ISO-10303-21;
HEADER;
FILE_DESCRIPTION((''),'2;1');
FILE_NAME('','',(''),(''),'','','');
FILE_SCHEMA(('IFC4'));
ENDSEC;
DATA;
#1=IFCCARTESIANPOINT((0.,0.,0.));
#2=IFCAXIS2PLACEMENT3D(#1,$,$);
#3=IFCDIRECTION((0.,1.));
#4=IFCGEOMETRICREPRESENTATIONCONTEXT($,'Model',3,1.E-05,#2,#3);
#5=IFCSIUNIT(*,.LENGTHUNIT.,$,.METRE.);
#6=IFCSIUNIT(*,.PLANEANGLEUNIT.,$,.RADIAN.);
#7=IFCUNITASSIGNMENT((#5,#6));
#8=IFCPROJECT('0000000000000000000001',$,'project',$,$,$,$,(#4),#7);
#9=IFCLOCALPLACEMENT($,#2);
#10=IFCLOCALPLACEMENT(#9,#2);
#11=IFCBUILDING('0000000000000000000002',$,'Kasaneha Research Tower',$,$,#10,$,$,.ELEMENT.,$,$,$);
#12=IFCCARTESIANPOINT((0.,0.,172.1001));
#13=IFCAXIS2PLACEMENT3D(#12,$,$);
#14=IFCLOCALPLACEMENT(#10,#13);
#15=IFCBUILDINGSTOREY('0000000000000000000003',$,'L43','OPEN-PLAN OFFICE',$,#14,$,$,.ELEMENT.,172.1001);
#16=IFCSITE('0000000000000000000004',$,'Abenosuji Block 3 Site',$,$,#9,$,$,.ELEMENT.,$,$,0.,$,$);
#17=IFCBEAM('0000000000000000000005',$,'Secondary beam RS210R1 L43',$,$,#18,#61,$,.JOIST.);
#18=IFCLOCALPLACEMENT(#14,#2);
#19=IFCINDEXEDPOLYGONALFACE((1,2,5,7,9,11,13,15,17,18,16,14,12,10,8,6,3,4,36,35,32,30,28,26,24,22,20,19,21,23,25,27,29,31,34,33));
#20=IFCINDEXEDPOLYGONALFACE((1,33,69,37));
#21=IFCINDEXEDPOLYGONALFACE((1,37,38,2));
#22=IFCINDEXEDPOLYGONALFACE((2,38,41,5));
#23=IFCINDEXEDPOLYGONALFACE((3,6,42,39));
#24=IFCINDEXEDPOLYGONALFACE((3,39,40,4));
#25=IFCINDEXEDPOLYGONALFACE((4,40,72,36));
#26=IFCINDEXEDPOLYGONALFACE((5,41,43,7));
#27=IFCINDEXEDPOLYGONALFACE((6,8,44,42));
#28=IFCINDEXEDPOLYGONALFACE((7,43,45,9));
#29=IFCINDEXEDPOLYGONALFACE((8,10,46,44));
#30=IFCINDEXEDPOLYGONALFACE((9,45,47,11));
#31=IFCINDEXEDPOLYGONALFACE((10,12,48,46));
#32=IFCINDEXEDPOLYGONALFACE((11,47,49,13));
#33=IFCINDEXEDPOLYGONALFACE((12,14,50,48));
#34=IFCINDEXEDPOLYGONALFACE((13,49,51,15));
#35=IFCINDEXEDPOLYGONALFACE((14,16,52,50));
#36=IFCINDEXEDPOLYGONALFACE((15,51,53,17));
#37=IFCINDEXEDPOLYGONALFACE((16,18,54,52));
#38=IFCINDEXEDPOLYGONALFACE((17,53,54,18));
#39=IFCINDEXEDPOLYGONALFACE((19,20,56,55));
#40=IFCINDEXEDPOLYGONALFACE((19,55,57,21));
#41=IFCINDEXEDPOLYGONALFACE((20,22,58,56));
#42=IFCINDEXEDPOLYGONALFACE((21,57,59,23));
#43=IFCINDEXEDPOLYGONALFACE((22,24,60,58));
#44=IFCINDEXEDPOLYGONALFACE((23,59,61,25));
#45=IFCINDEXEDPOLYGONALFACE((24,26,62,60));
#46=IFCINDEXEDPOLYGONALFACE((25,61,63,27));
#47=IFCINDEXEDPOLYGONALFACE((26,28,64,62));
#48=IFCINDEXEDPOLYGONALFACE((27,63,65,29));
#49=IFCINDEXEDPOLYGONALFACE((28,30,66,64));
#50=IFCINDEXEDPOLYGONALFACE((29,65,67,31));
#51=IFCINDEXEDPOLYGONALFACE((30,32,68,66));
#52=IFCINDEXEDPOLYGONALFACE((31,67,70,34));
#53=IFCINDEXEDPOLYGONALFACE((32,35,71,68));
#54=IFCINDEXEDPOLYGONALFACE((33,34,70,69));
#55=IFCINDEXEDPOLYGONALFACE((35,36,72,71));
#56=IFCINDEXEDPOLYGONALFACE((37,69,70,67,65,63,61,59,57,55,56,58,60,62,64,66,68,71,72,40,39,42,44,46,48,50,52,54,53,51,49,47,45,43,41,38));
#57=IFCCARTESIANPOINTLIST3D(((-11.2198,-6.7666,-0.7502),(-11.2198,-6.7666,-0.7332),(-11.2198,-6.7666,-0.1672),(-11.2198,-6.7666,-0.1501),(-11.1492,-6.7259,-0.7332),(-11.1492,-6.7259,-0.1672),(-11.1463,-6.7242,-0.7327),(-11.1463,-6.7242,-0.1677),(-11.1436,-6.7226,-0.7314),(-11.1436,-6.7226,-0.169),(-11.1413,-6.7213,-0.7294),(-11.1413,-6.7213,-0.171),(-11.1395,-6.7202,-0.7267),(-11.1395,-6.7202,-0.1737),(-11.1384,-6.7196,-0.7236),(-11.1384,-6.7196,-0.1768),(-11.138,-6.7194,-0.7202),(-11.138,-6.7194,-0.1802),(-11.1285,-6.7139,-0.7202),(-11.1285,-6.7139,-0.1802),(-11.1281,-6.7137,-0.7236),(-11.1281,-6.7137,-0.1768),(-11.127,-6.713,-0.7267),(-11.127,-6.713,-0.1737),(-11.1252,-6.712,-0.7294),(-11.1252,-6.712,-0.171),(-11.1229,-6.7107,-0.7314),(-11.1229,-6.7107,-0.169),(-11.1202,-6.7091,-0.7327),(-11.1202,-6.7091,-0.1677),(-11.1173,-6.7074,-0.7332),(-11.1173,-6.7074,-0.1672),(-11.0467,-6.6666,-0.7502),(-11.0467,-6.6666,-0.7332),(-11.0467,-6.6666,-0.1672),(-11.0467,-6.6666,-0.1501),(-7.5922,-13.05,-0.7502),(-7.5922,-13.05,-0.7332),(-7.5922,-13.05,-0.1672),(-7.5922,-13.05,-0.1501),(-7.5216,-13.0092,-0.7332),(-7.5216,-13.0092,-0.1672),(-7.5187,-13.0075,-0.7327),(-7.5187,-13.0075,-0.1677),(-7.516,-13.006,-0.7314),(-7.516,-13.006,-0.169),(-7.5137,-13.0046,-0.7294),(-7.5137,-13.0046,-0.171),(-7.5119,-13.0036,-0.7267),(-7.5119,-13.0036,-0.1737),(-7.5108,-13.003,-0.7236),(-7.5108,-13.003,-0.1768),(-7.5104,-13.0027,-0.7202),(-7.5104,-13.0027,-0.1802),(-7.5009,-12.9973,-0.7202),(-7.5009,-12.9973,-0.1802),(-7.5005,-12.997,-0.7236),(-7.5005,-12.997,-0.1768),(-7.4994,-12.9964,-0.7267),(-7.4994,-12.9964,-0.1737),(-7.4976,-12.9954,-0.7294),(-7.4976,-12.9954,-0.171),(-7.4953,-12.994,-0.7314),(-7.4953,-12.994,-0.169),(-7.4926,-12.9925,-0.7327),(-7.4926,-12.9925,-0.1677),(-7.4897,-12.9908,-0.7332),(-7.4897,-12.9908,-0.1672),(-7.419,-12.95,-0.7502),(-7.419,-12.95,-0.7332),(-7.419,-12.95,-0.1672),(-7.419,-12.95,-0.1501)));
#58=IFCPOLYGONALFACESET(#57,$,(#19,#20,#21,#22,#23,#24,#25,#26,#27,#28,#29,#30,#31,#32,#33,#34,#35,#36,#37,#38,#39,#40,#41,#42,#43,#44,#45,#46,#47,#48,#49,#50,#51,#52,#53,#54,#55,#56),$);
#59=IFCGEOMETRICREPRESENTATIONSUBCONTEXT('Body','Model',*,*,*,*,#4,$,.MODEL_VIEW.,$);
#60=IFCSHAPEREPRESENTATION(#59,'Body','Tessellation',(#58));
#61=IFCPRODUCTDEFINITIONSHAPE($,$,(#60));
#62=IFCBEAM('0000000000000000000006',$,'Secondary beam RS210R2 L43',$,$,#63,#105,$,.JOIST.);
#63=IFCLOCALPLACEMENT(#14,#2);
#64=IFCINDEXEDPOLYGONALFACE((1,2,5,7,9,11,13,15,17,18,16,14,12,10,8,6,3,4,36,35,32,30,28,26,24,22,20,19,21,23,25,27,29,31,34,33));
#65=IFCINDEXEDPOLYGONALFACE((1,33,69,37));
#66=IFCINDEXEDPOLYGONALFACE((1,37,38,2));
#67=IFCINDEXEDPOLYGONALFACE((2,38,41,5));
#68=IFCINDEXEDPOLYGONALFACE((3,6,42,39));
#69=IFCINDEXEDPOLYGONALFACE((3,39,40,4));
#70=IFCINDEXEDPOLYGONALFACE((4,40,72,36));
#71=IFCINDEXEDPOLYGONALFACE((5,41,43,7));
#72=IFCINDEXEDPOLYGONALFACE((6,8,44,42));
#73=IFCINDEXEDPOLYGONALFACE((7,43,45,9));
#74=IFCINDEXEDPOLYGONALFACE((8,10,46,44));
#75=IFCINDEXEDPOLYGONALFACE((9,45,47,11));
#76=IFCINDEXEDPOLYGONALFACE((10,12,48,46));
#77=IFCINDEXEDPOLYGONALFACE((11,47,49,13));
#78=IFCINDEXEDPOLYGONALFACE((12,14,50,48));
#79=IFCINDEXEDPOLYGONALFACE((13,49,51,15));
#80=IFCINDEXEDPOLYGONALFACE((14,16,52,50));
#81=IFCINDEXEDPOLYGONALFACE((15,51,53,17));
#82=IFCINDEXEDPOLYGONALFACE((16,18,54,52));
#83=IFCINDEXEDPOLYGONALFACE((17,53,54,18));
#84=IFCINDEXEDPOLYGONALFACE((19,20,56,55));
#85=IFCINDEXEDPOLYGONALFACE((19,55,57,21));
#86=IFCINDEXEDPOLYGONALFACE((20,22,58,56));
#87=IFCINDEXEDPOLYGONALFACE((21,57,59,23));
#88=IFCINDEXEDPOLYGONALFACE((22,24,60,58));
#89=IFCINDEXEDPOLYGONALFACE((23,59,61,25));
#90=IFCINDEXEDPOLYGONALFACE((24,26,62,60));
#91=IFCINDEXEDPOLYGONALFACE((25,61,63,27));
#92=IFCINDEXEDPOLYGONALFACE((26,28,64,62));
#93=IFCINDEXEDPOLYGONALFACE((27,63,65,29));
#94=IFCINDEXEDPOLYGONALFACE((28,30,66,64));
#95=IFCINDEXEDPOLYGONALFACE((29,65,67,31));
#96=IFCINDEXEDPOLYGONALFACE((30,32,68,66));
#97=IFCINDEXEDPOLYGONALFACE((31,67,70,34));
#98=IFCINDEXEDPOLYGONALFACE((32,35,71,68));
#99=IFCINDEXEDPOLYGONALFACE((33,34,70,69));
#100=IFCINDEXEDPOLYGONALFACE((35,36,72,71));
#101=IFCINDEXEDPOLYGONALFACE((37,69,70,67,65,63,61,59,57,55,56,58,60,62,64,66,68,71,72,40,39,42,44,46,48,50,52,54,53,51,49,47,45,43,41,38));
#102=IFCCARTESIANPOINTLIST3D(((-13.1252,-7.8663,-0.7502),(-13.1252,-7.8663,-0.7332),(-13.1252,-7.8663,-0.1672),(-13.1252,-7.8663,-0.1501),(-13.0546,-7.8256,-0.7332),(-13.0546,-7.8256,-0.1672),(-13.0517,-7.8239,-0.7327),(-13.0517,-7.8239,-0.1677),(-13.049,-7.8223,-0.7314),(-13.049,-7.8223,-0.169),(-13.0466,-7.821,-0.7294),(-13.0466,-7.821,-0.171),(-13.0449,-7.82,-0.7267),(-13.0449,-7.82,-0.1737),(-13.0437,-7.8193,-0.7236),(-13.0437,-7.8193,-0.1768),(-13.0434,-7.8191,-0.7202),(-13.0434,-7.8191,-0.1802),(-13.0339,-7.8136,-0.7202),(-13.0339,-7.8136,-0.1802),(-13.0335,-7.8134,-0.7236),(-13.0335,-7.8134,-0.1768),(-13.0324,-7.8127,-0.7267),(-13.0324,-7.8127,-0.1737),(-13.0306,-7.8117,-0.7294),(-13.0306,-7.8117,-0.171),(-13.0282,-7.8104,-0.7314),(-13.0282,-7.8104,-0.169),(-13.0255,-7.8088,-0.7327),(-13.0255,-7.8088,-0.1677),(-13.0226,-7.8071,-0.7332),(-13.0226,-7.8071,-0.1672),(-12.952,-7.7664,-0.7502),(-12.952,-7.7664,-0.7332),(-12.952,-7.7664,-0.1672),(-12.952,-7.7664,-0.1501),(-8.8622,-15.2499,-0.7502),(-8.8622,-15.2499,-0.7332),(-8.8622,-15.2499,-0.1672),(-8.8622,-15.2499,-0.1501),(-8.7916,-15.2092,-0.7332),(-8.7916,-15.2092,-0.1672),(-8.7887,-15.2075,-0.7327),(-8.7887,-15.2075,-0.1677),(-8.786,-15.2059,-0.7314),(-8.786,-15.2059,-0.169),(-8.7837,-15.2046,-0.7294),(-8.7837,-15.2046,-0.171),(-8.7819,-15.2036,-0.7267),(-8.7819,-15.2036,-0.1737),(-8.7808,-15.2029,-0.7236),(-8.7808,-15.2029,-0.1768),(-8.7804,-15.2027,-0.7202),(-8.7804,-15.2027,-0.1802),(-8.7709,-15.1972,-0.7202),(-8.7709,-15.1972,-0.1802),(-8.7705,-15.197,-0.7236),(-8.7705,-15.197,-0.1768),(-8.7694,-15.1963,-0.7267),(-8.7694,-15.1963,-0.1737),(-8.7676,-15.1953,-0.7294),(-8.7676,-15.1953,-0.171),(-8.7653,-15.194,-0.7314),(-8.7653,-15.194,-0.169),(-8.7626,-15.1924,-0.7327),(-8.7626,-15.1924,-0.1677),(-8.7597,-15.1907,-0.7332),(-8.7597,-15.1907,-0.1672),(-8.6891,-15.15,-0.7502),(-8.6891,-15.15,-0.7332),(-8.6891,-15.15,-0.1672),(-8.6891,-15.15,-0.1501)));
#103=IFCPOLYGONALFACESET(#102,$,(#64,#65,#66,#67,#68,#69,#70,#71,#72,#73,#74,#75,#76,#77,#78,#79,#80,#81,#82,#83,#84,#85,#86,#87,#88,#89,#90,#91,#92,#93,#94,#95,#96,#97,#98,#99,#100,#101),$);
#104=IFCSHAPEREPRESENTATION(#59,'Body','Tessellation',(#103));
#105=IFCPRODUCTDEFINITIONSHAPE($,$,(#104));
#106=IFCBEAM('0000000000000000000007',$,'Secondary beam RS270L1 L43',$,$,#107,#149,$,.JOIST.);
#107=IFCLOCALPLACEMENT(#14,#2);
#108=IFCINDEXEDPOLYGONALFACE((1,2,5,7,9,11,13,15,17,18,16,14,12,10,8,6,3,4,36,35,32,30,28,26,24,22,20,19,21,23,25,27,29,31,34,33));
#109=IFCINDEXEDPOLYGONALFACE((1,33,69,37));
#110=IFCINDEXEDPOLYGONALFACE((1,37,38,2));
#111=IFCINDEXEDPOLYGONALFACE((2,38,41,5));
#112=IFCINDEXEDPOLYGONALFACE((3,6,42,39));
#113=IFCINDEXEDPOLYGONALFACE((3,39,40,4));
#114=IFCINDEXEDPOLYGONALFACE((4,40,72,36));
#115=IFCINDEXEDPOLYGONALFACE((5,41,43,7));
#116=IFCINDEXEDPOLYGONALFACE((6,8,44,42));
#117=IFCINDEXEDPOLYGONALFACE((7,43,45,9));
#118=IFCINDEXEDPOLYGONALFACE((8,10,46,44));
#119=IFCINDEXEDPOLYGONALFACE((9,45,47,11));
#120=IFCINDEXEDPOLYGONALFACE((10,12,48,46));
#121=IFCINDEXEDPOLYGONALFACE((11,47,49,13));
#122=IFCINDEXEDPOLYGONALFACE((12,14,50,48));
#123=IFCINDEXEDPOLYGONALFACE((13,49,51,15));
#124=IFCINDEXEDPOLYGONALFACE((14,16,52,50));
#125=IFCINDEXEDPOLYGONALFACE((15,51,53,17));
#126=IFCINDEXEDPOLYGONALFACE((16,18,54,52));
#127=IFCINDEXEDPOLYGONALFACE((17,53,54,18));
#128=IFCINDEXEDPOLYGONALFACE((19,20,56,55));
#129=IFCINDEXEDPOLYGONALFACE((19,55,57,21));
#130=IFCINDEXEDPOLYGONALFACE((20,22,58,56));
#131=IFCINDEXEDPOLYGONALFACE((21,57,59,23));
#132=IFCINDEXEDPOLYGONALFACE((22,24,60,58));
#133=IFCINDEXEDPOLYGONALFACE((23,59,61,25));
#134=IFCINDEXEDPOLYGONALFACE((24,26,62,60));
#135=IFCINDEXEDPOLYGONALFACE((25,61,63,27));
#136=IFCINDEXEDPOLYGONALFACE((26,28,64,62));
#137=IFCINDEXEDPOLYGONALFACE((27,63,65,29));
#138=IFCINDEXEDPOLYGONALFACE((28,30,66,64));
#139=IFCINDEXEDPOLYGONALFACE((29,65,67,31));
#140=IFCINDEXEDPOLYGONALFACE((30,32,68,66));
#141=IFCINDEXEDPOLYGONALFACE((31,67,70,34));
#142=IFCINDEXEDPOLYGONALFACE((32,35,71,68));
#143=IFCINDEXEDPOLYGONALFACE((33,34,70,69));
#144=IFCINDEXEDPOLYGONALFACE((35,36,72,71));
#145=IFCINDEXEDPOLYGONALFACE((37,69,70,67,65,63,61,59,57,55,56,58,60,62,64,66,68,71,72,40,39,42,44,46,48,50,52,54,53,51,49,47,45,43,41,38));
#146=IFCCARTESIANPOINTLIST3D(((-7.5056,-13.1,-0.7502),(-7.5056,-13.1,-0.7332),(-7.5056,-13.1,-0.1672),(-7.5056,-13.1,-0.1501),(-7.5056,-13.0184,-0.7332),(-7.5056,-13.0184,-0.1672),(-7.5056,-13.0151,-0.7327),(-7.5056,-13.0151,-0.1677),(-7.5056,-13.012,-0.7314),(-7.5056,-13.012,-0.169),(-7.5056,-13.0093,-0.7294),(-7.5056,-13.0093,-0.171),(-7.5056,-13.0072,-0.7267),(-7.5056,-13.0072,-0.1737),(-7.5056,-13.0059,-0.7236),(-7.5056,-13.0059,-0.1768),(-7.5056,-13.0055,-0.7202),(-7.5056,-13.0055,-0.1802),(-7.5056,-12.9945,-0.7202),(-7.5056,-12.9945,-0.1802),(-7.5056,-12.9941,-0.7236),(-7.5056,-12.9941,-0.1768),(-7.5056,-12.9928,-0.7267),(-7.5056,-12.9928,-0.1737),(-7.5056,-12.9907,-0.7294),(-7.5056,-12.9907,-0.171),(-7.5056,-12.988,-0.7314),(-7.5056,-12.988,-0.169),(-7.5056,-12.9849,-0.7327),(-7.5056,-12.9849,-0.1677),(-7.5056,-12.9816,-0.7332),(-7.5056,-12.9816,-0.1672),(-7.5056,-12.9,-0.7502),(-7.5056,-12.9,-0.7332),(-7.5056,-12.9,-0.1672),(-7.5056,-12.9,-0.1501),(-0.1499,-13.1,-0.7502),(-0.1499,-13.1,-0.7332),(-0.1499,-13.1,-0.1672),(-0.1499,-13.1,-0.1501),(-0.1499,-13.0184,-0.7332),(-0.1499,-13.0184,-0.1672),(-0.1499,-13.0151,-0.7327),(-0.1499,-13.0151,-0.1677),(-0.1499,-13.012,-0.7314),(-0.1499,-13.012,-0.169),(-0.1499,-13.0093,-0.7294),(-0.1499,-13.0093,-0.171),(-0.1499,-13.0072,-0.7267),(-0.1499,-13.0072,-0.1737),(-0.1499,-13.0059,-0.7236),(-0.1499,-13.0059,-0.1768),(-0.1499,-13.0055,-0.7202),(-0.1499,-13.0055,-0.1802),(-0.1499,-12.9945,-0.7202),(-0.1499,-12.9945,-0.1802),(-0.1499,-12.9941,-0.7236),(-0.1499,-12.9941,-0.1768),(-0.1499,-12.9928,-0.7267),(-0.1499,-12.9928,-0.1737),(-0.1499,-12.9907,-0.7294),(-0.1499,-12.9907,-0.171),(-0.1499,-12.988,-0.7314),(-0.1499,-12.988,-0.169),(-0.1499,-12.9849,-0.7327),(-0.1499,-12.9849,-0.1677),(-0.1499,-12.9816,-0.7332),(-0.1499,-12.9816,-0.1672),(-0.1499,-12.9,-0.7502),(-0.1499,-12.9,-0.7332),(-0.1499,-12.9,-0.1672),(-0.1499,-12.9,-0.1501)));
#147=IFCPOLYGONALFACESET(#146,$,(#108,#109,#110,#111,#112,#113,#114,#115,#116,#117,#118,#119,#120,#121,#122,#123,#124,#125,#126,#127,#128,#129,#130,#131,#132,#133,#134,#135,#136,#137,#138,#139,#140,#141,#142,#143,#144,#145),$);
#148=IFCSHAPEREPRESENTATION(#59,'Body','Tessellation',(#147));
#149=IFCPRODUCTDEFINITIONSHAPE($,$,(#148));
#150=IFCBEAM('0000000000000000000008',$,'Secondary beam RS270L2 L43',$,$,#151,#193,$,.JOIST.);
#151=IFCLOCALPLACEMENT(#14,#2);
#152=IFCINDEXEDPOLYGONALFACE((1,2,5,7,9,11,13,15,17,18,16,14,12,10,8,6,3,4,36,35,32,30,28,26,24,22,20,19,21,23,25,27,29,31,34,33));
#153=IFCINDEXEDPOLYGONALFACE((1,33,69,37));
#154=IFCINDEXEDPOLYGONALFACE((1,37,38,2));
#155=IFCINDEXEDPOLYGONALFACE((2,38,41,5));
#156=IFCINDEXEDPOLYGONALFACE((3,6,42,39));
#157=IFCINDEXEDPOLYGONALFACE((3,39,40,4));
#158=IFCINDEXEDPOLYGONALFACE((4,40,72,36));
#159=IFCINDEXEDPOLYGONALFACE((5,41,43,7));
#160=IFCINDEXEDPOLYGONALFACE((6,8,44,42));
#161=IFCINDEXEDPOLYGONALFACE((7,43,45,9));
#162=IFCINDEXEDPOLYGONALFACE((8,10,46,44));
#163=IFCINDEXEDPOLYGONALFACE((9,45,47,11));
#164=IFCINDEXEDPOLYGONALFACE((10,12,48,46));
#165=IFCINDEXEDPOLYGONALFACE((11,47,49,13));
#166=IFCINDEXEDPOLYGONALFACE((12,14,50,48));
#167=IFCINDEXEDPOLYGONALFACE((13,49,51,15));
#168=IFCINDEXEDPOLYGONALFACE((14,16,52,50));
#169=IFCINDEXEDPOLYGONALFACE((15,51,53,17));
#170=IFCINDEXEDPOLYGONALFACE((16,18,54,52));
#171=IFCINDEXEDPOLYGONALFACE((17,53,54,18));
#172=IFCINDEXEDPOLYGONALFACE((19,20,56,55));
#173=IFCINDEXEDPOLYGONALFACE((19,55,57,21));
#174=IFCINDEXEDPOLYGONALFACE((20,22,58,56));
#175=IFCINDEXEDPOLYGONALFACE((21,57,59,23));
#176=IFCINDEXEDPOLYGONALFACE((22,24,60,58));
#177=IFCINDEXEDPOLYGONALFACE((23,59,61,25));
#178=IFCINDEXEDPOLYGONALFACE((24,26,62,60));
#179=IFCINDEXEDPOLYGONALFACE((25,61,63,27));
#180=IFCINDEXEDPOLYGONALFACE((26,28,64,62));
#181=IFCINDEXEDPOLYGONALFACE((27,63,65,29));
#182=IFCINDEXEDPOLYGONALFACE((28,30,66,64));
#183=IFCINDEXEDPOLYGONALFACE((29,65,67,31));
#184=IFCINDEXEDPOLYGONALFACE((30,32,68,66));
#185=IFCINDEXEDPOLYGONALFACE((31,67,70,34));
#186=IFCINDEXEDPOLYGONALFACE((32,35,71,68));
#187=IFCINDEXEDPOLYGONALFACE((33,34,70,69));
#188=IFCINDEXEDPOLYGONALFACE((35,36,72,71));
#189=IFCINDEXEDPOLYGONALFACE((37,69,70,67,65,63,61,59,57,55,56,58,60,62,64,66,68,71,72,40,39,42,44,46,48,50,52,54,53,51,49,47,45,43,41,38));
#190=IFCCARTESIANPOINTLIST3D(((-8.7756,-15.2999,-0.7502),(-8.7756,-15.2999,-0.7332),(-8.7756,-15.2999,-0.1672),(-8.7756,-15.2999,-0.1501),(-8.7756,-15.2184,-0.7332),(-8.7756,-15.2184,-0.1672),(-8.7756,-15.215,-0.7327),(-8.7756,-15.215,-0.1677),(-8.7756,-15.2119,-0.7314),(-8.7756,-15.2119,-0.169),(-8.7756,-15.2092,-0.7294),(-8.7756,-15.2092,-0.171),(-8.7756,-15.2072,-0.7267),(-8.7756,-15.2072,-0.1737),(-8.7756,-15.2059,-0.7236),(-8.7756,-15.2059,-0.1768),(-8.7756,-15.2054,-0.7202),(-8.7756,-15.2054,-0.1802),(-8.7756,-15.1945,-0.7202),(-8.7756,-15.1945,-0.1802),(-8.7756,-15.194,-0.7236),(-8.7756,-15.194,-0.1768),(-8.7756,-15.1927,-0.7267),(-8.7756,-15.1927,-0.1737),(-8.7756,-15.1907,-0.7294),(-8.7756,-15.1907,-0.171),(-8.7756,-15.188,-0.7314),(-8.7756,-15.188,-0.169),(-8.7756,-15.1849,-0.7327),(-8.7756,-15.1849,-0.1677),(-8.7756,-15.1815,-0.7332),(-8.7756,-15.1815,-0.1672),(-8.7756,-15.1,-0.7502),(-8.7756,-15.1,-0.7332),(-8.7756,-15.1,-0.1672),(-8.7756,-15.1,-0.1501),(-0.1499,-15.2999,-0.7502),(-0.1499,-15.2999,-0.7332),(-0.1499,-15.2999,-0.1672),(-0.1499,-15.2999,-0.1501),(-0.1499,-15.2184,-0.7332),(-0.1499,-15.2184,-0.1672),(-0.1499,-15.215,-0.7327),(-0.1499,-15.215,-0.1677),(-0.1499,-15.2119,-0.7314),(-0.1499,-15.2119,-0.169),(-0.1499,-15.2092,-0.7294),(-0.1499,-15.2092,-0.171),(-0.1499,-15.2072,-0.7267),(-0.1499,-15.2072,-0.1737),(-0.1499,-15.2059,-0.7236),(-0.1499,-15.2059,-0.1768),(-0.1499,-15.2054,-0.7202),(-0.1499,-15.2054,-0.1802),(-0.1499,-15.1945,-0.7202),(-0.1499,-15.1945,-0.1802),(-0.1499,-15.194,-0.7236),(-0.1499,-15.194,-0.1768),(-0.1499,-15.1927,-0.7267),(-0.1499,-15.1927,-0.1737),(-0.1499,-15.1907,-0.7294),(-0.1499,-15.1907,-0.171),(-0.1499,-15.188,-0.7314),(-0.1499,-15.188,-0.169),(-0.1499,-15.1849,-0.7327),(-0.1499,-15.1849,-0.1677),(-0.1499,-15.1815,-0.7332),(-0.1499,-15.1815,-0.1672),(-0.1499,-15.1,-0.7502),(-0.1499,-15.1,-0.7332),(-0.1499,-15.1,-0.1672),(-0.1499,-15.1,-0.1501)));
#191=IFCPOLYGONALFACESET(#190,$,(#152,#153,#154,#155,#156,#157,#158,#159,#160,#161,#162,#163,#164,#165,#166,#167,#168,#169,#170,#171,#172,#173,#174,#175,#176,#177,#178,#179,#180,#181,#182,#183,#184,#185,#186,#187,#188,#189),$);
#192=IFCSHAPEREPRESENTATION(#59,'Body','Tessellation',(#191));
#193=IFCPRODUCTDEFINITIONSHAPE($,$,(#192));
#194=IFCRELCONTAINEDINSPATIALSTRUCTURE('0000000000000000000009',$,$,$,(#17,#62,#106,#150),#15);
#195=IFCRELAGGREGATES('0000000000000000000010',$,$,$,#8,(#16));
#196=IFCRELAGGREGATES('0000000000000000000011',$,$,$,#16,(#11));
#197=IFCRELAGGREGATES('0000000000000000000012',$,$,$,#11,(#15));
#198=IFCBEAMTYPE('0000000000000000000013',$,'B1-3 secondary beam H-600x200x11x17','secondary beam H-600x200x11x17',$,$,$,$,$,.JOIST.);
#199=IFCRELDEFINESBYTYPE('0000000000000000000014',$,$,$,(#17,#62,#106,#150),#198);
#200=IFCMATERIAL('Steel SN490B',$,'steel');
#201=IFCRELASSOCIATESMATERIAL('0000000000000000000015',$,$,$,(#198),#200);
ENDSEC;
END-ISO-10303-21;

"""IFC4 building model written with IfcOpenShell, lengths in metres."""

from ifc_helpers import new_model, si_unit, direction, frame, origin, origin_2d, place, context, subcontext, project, spatial, i_section, extrude, material, material_profile, profile_set, type_object, element, save


model = new_model("IFC4")

# Units and contexts
model_context = context("Model", 3, precision=1e-05, world=origin(), true_north=direction((0.0, 1.0)))
body_context = subcontext(model_context, "Body", "Model", "MODEL_VIEW")
ifc_project = project(units=[si_unit("LENGTHUNIT", "METRE"), si_unit("PLANEANGLEUNIT", "RADIAN")], contexts=[model_context])

# Site, building, storey
site_placement = place(None, origin())
site = spatial("IfcSite", under=ifc_project, at=site_placement, Name="Abenosuji Block 3 Site", CompositionType="ELEMENT", RefElevation=0.0)
building_placement = place(site_placement, origin())
building = spatial("IfcBuilding", under=site, at=building_placement, Name="Kasaneha Research Tower", CompositionType="ELEMENT")
storey_placement = place(building_placement, frame((0.0, 0.0, 172.1001)))
storey = spatial("IfcBuildingStorey", under=building, at=storey_placement, Name="L43", Description="OPEN-PLAN OFFICE", CompositionType="ELEMENT", Elevation=172.1001)

# Beams
ifc_material_1 = material(Name="Steel SN490B", Category="steel")
ifc_material_profile = material_profile(ifc_material_1, i_section(OverallWidth=0.2, OverallDepth=0.6001, WebThickness=0.011, FlangeThickness=0.0171, FilletRadius=0.0129, at=origin_2d()), Name="H-600x200x11x17")
ifc_profile_set = profile_set([ifc_material_profile], Name="Steel SN490B")
beam_type = type_object("IfcBeamType", Name="B1-3 secondary beam H-600x200x11x17", Description="secondary beam H-600x200x11x17", PredefinedType="JOIST", material=ifc_profile_set)
beam_1_placement = place(storey_placement, frame((-7.5056, -13.0, -0.4502), z_axis=(-0.499993, 0.866029, 0.0), x_axis=(-0.866029, -0.499993, 0.0)))
element("IfcBeam", 1, at=beam_1_placement, inside=storey, type_object=beam_type, Name="Secondary beam RS210R1 L43", PredefinedType="JOIST", context=body_context, shape_type="SweptSolid", body=[
    extrude(i_section(OverallWidth=0.2, OverallDepth=0.6001, WebThickness=0.011, FlangeThickness=0.0171, FilletRadius=0.0129, at=origin_2d()), origin(), (0.0, 0.0, 1.0), 7.2554),
])
beam_2_placement = place(storey_placement, frame((-8.7756, -15.2, -0.4502), z_axis=(-0.500004, 0.866023, 0.0), x_axis=(-0.866023, -0.500004, 0.0)))
element("IfcBeam", 2, at=beam_2_placement, inside=storey, type_object=beam_type, Name="Secondary beam RS210R2 L43", PredefinedType="JOIST", context=body_context, shape_type="SweptSolid", body=[
    extrude(i_section(OverallWidth=0.2, OverallDepth=0.6001, WebThickness=0.011, FlangeThickness=0.0171, FilletRadius=0.0129, at=origin_2d()), origin(), (0.0, 0.0, 1.0), 8.5259),
])
beam_3_placement = place(storey_placement, frame((-7.5056, -13.0, -0.4502), z_axis=(1.0, 0.0, 0.0), x_axis=(0.0, 1.0, 0.0)))
element("IfcBeam", 3, at=beam_3_placement, inside=storey, type_object=beam_type, Name="Secondary beam RS270L1 L43", PredefinedType="JOIST", context=body_context, shape_type="SweptSolid", body=[
    extrude(i_section(OverallWidth=0.2, OverallDepth=0.6001, WebThickness=0.011, FlangeThickness=0.0171, FilletRadius=0.0129, at=origin_2d()), origin(), (0.0, 0.0, 1.0), 7.3557),
])
beam_4_placement = place(storey_placement, frame((-8.7756, -15.2, -0.4502), z_axis=(1.0, 0.0, 0.0), x_axis=(0.0, 1.0, 0.0)))
element("IfcBeam", 4, at=beam_4_placement, inside=storey, type_object=beam_type, Name="Secondary beam RS270L2 L43", PredefinedType="JOIST", context=body_context, shape_type="SweptSolid", body=[
    extrude(i_section(OverallWidth=0.2, OverallDepth=0.6001, WebThickness=0.011, FlangeThickness=0.0171, FilletRadius=0.0129, at=origin_2d()), origin(), (0.0, 0.0, 1.0), 8.6257),
])

save(model, "model.ifc")
